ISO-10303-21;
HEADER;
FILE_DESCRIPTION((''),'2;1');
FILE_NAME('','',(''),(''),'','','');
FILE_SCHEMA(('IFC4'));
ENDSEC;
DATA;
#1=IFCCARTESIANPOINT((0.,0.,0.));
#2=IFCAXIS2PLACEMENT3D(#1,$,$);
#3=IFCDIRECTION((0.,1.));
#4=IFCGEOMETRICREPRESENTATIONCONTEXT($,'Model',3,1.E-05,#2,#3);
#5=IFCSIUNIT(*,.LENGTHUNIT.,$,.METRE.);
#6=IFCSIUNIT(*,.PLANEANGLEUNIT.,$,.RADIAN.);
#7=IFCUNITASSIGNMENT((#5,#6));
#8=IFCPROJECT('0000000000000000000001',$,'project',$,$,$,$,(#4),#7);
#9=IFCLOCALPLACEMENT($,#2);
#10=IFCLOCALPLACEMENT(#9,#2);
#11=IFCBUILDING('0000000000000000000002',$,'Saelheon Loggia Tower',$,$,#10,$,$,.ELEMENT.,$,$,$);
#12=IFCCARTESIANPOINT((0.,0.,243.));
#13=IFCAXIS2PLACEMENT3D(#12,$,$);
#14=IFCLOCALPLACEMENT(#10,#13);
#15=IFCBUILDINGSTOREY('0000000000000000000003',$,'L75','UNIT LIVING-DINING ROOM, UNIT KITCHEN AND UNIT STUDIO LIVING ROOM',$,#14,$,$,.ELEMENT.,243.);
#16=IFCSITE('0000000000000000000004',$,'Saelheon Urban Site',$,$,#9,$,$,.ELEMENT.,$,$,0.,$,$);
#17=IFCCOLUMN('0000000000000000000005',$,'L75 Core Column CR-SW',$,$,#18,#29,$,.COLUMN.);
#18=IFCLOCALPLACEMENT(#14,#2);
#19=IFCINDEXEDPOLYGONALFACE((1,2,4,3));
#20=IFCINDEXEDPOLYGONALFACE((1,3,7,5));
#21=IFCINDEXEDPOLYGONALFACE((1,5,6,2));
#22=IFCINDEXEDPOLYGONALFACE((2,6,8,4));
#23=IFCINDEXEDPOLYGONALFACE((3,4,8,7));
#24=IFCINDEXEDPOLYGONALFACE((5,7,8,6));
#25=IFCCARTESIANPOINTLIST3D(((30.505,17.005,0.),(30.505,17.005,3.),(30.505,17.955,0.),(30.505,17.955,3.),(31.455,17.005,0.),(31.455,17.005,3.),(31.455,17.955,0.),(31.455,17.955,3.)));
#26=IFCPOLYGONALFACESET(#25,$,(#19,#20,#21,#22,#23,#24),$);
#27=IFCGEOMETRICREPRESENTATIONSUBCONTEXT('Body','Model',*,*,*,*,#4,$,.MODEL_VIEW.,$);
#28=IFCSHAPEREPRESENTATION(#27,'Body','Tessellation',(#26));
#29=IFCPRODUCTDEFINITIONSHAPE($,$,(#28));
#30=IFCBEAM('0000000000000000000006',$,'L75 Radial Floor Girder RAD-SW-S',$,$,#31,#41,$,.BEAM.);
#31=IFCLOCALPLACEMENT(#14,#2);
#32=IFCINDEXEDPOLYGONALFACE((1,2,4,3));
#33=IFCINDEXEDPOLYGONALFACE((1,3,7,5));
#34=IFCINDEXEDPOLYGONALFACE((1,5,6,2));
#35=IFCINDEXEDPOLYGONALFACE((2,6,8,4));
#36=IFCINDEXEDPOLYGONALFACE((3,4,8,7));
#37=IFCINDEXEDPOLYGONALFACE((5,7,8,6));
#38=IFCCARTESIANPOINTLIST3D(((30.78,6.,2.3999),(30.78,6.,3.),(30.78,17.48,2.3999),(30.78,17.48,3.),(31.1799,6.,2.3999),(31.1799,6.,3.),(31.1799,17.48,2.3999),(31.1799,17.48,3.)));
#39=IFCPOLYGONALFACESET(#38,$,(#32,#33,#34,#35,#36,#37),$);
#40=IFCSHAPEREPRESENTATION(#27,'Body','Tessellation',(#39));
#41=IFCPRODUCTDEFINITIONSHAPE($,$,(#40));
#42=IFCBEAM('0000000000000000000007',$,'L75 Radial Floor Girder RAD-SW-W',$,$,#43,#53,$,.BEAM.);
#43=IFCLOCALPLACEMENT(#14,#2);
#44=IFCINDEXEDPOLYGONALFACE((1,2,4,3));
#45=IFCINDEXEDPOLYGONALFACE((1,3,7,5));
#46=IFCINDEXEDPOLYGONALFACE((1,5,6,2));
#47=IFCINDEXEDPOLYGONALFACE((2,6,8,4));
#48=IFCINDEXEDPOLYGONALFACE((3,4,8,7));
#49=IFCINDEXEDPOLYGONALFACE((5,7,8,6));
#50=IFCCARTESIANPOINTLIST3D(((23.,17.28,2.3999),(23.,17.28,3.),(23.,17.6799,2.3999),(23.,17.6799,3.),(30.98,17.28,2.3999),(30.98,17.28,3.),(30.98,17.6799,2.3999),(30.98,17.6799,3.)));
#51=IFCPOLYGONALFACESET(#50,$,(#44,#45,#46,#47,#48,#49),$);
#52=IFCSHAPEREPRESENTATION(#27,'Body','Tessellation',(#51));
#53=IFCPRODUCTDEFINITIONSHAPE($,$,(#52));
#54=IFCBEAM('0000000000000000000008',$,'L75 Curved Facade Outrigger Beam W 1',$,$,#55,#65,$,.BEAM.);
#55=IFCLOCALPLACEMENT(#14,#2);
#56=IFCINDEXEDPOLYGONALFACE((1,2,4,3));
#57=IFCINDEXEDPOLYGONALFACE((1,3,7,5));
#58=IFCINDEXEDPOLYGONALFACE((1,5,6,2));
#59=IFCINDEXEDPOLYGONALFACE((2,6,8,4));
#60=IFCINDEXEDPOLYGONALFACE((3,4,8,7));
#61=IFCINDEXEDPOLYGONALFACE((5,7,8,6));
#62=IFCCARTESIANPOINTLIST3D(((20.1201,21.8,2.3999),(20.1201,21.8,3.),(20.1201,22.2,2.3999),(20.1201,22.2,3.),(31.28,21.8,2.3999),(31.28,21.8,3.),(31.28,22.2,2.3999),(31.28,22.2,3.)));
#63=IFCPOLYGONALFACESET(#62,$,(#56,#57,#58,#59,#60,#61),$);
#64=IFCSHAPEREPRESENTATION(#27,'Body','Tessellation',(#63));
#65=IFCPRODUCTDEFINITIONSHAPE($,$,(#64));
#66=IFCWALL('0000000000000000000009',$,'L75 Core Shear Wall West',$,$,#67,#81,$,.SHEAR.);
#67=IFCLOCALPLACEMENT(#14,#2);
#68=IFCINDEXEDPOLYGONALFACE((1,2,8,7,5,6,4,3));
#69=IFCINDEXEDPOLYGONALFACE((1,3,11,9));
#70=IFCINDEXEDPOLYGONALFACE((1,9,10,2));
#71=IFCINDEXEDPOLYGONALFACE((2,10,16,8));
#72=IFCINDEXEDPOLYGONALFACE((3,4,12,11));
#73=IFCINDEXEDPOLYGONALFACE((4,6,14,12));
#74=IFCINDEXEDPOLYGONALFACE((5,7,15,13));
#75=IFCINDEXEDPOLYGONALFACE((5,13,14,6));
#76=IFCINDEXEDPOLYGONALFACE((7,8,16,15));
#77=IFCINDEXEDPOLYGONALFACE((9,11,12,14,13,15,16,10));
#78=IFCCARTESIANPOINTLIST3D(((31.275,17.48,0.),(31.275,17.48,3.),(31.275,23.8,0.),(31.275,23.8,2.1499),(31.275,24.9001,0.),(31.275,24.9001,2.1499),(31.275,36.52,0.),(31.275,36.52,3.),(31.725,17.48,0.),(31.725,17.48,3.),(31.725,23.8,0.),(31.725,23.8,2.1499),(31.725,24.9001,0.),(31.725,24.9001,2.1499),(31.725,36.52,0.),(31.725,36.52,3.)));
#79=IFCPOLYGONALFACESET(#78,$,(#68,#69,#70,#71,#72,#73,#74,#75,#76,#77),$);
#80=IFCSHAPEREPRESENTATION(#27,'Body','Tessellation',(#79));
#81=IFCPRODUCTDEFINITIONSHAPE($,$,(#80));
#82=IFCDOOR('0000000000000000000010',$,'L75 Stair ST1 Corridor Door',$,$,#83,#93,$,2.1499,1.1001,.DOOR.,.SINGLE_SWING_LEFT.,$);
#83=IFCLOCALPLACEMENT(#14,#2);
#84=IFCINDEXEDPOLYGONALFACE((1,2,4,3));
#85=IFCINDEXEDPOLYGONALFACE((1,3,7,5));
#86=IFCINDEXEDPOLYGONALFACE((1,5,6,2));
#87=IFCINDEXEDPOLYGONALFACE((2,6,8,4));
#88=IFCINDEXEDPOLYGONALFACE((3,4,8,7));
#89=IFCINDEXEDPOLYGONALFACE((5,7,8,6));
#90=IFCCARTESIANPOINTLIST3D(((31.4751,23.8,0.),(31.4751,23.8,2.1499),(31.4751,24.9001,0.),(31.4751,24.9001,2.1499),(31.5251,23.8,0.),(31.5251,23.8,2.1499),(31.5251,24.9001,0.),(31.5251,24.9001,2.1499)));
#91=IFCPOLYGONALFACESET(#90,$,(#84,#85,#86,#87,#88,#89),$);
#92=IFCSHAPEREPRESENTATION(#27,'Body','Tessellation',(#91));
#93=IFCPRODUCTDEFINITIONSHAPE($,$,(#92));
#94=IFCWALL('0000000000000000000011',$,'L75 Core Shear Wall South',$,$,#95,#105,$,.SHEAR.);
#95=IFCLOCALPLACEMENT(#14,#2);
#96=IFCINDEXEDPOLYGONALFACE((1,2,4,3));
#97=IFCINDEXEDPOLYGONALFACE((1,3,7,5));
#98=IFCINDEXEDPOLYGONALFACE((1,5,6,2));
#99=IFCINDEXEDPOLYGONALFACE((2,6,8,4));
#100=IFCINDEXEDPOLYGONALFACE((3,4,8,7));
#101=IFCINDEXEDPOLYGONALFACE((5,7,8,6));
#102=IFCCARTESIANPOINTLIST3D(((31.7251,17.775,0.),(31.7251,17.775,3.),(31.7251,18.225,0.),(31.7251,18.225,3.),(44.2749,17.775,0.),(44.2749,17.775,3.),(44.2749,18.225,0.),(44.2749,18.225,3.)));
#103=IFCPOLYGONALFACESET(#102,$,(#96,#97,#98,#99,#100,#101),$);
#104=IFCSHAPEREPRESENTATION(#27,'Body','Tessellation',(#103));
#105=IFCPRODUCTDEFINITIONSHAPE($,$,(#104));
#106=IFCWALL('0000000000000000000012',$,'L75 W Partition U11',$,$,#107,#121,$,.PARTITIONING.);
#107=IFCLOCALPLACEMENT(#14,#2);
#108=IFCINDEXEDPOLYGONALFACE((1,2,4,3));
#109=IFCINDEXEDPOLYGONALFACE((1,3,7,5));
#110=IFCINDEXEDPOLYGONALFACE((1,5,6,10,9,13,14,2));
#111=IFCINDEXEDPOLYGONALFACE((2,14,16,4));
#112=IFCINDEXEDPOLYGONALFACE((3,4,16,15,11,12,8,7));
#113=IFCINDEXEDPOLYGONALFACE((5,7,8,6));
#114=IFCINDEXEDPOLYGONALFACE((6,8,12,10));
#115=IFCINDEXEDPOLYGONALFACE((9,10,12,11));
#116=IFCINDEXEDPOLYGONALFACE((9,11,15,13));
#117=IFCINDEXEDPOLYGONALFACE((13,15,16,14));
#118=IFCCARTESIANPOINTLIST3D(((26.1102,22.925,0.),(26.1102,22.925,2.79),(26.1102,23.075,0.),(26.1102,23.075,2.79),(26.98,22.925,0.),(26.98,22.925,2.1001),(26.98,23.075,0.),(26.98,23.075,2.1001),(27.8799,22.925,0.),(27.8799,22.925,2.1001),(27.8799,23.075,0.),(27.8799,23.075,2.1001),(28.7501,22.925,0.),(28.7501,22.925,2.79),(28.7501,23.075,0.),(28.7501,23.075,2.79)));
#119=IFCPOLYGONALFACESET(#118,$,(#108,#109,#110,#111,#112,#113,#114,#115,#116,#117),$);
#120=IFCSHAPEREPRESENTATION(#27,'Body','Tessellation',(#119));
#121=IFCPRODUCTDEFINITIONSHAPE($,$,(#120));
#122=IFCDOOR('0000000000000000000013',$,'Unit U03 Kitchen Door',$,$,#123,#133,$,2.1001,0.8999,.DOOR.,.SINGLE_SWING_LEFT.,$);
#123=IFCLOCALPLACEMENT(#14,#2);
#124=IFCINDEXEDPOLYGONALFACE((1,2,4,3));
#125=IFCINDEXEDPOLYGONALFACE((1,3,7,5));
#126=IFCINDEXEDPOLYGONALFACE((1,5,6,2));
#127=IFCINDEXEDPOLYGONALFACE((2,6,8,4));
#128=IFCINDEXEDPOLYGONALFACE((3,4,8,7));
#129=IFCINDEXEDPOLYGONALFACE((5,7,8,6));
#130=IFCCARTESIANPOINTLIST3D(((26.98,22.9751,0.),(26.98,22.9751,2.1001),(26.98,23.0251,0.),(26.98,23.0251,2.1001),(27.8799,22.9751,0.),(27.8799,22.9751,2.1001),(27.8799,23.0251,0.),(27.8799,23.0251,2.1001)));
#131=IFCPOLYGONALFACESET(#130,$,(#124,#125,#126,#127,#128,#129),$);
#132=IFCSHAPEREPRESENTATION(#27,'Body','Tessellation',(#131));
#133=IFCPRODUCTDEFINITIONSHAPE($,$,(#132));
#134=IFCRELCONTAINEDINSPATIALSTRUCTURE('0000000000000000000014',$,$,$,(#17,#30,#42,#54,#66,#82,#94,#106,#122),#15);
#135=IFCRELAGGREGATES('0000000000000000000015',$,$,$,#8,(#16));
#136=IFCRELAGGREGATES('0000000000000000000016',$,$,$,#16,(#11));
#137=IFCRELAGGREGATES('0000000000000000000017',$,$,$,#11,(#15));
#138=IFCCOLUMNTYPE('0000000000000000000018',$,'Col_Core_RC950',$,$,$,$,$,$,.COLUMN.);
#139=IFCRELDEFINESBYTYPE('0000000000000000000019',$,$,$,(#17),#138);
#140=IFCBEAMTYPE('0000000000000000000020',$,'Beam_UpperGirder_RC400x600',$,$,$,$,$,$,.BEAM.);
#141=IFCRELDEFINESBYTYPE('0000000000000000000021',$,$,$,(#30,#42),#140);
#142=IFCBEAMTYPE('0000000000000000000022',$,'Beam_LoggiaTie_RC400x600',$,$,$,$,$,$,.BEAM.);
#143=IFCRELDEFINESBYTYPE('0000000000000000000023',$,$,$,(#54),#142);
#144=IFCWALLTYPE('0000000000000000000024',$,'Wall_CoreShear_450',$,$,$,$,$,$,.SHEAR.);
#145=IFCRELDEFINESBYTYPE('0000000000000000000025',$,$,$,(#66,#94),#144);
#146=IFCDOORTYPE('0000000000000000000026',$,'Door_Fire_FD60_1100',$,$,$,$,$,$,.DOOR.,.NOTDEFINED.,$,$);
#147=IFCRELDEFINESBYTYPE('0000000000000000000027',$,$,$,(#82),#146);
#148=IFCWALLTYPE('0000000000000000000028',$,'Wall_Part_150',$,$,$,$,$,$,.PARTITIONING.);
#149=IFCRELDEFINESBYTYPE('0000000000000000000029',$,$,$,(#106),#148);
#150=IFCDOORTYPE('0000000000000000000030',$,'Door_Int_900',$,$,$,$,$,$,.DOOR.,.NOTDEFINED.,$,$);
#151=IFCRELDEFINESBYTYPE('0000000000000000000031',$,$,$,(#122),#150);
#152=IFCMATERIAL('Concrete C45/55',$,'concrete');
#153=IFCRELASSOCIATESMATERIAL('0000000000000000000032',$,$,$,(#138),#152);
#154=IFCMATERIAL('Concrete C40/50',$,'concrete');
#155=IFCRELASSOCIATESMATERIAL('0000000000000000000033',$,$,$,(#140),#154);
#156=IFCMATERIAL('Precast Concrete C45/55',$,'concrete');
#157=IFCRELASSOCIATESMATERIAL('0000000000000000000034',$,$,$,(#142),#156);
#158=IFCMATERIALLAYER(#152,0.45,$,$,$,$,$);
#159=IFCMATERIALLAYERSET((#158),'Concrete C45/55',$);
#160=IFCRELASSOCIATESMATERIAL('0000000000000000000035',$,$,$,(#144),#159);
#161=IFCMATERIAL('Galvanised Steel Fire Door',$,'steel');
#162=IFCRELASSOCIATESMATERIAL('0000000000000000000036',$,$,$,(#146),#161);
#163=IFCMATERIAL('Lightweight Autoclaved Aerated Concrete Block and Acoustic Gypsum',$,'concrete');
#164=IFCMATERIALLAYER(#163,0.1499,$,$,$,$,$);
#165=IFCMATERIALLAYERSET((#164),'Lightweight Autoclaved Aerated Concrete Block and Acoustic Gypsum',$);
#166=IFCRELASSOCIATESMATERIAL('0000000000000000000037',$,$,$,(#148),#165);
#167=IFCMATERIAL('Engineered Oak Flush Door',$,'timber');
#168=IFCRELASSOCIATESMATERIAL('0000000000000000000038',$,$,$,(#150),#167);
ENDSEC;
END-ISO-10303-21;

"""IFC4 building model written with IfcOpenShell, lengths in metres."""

from ifc_helpers import new_model, si_unit, direction, frame, frame_2d, origin, origin_2d, place, context, subcontext, project, spatial, rectangle, extrude, source, transform, mapped, material, layer, layer_set, material_profile, profile_set, type_object, element, fill, save


model = new_model("IFC4")

# Units and contexts
model_context = context("Model", 3, precision=1e-05, world=origin(), true_north=direction((0.0, 1.0)))
body_context = subcontext(model_context, "Body", "Model", "MODEL_VIEW")
ifc_project = project(units=[si_unit("LENGTHUNIT", "METRE"), si_unit("PLANEANGLEUNIT", "RADIAN")], contexts=[model_context])

# Site, building, storey
site_placement = place(None, origin())
site = spatial("IfcSite", under=ifc_project, at=site_placement, Name="Saelheon Urban Site", CompositionType="ELEMENT", RefElevation=0.0)
building_placement = place(site_placement, origin())
building = spatial("IfcBuilding", under=site, at=building_placement, Name="Saelheon Loggia Tower", CompositionType="ELEMENT")
storey_placement = place(building_placement, frame((0.0, 0.0, 243.0)))
storey = spatial("IfcBuildingStorey", under=building, at=storey_placement, Name="L75", Description="UNIT LIVING-DINING ROOM, UNIT KITCHEN AND UNIT STUDIO LIVING ROOM", CompositionType="ELEMENT", Elevation=243.0)

# Column
ifc_material_1 = material(Name="Concrete C45/55", Category="concrete")
ifc_material_profile_1 = material_profile(ifc_material_1, rectangle(XDim=0.95, YDim=0.95, at=origin_2d()), Name="RC-950x950")
ifc_profile_set_1 = profile_set([ifc_material_profile_1], Name="Concrete C45/55")
column_type = type_object("IfcColumnType", Name="Col_Core_RC950", PredefinedType="COLUMN", material=ifc_profile_set_1)
shared_shape_1 = source(origin(), body_context, "Body", "SweptSolid", [
    extrude(rectangle(XDim=0.95, YDim=0.95, at=origin_2d()), origin(), (0.0, 0.0, 1.0), 3.0),
])
column_placement = place(storey_placement, frame((30.98, 17.48, 0.0), z_axis=(0.0, 0.0, 1.0), x_axis=(1.0, 0.0, 0.0)))
element("IfcColumn", 1, at=column_placement, inside=storey, type_object=column_type, Name="L75 Core Column CR-SW", PredefinedType="COLUMN", context=body_context, shape_type="MappedRepresentation", body=[
    mapped(shared_shape_1, transform((0.0, 0.0, 0.0), scale=1.0)),
])

# Beams
ifc_material_2 = material(Name="Concrete C40/50", Category="concrete")
ifc_material_profile_2 = material_profile(ifc_material_2, rectangle(XDim=0.3999, YDim=0.6001, at=origin_2d()), Name="RC-400x600")
ifc_profile_set_2 = profile_set([ifc_material_profile_2], Name="Concrete C40/50")
beam_type_1 = type_object("IfcBeamType", Name="Beam_UpperGirder_RC400x600", PredefinedType="BEAM", material=ifc_profile_set_2)
shared_shape_2 = source(origin(), body_context, "Body", "SweptSolid", [
    extrude(rectangle(XDim=0.3999, YDim=0.6001, at=origin_2d()), origin(), (0.0, 0.0, 1.0), 11.48),
])
beam_1_placement = place(storey_placement, frame((30.98, 17.48, 2.7), z_axis=(0.0, -1.0, 0.0), x_axis=(1.0, 0.0, 0.0)))
element("IfcBeam", 2, at=beam_1_placement, inside=storey, type_object=beam_type_1, Name="L75 Radial Floor Girder RAD-SW-S", PredefinedType="BEAM", context=body_context, shape_type="MappedRepresentation", body=[
    mapped(shared_shape_2, transform((0.0, 0.0, 0.0), scale=1.0)),
])
shared_shape_3 = source(origin(), body_context, "Body", "SweptSolid", [
    extrude(rectangle(XDim=0.3999, YDim=0.6001, at=origin_2d()), origin(), (0.0, 0.0, 1.0), 7.98),
])
beam_2_placement = place(storey_placement, frame((30.98, 17.48, 2.7), z_axis=(-1.0, 0.0, 0.0), x_axis=(0.0, -1.0, 0.0)))
element("IfcBeam", 3, at=beam_2_placement, inside=storey, type_object=beam_type_1, Name="L75 Radial Floor Girder RAD-SW-W", PredefinedType="BEAM", context=body_context, shape_type="MappedRepresentation", body=[
    mapped(shared_shape_3, transform((0.0, 0.0, 0.0), scale=1.0)),
])
ifc_material_3 = material(Name="Precast Concrete C45/55", Category="concrete")
ifc_material_profile_3 = material_profile(ifc_material_3, rectangle(XDim=0.3999, YDim=0.6001, at=origin_2d()), Name="RC-400x600")
ifc_profile_set_3 = profile_set([ifc_material_profile_3], Name="Precast Concrete C45/55")
beam_type_2 = type_object("IfcBeamType", Name="Beam_LoggiaTie_RC400x600", PredefinedType="BEAM", material=ifc_profile_set_3)
shared_shape_4 = source(origin(), body_context, "Body", "SweptSolid", [
    extrude(rectangle(XDim=0.3999, YDim=0.6001, at=origin_2d()), origin(), (0.0, 0.0, 1.0), 11.1599),
])
beam_3_placement = place(storey_placement, frame((31.28, 22.0, 2.7), z_axis=(-1.0, 0.0, 0.0), x_axis=(0.0, -1.0, 0.0)))
element("IfcBeam", 4, at=beam_3_placement, inside=storey, type_object=beam_type_2, Name="L75 Curved Facade Outrigger Beam W 1", PredefinedType="BEAM", context=body_context, shape_type="MappedRepresentation", body=[
    mapped(shared_shape_4, transform((0.0, 0.0, 0.0), scale=1.0)),
])

# Wall, opening, door
ifc_layer_1 = layer(ifc_material_1, 0.45)
ifc_layer_set_1 = layer_set([ifc_layer_1], Name="Concrete C45/55")
wall_type_1 = type_object("IfcWallType", Name="Wall_CoreShear_450", PredefinedType="SHEAR", material=ifc_layer_set_1)
wall_1_placement = place(storey_placement, frame((31.5, 17.48, 0.0), z_axis=(0.0, 0.0, 1.0), x_axis=(0.0, 1.0, 0.0)))
wall_1 = element("IfcWall", 5, at=wall_1_placement, inside=storey, type_object=wall_type_1, Name="L75 Core Shear Wall West", PredefinedType="SHEAR", context=body_context, shape_type="SweptSolid", body=[
    extrude(rectangle(XDim=19.04, YDim=0.45, at=frame_2d((9.52, 0.0))), origin(), (0.0, 0.0, 1.0), 3.0),
])
opening_1_placement = place(wall_1_placement, frame((6.3201, 0.0, 0.0)))
opening_1 = element("IfcOpeningElement", 6, at=opening_1_placement, cuts=wall_1, PredefinedType="OPENING", context=body_context, shape_type="SweptSolid", body=[
    extrude(rectangle(XDim=1.1001, YDim=2.1499, at=frame_2d((0.55, 1.075))), frame((0.0, 0.2371, 0.0), z_axis=(0.0, -1.0, 0.0), x_axis=(1.0, 0.0, 0.0)), (0.0, 0.0, 1.0), 0.4739),
])
ifc_material_4 = material(Name="Galvanised Steel Fire Door", Category="steel")
door_type_1 = type_object("IfcDoorType", Name="Door_Fire_FD60_1100", OperationType="NOTDEFINED", PredefinedType="DOOR", material=ifc_material_4)
shared_shape_5 = source(origin(), body_context, "Body", "SweptSolid", [
    extrude(rectangle(XDim=1.1001, YDim=2.1499, at=frame_2d((0.55, 1.075))), frame((0.0, 0.0249, 0.0), z_axis=(0.0, -1.0, 0.0), x_axis=(1.0, 0.0, 0.0)), (0.0, 0.0, 1.0), 0.05),
])
door_1_placement = place(opening_1_placement, origin())
door_1 = element("IfcDoor", 7, at=door_1_placement, inside=storey, type_object=door_type_1, Name="L75 Stair ST1 Corridor Door", OperationType="SINGLE_SWING_LEFT", OverallHeight=2.1499, OverallWidth=1.1001, PredefinedType="DOOR", context=body_context, shape_type="MappedRepresentation", body=[
    mapped(shared_shape_5, transform((0.0, 0.0, 0.0), scale=1.0)),
])
fill(opening_1, door_1)

# Wall
wall_2_placement = place(storey_placement, frame((31.7251, 18.0, 0.0), z_axis=(0.0, 0.0, 1.0), x_axis=(1.0, 0.0, 0.0)))
element("IfcWall", 8, at=wall_2_placement, inside=storey, type_object=wall_type_1, Name="L75 Core Shear Wall South", PredefinedType="SHEAR", context=body_context, shape_type="SweptSolid", body=[
    extrude(rectangle(XDim=12.5498, YDim=0.45, at=frame_2d((6.2749, 0.0))), origin(), (0.0, 0.0, 1.0), 3.0),
])

# Wall, opening, door
ifc_material_5 = material(Name="Lightweight Autoclaved Aerated Concrete Block and Acoustic Gypsum", Category="concrete")
ifc_layer_2 = layer(ifc_material_5, 0.1499)
ifc_layer_set_2 = layer_set([ifc_layer_2], Name="Lightweight Autoclaved Aerated Concrete Block and Acoustic Gypsum")
wall_type_2 = type_object("IfcWallType", Name="Wall_Part_150", PredefinedType="PARTITIONING", material=ifc_layer_set_2)
wall_3_placement = place(storey_placement, frame((28.75, 23.0, 0.0), z_axis=(0.0, 0.0, 1.0), x_axis=(-1.0, 0.0, 0.0)))
wall_3 = element("IfcWall", 9, at=wall_3_placement, inside=storey, type_object=wall_type_2, Name="L75 W Partition U11", PredefinedType="PARTITIONING", context=body_context, shape_type="SweptSolid", body=[
    extrude(rectangle(XDim=2.6399, YDim=0.1499, at=frame_2d((1.3198, 0.0))), origin(), (0.0, 0.0, 1.0), 2.79),
])
opening_2_placement = place(wall_3_placement, frame((0.8701, 0.0, 0.0)))
opening_2 = element("IfcOpeningElement", 10, at=opening_2_placement, cuts=wall_3, PredefinedType="OPENING", context=body_context, shape_type="SweptSolid", body=[
    extrude(rectangle(XDim=0.8999, YDim=2.1001, at=frame_2d((0.45, 1.05))), frame((0.0, 0.0869, 0.0), z_axis=(0.0, -1.0, 0.0), x_axis=(1.0, 0.0, 0.0)), (0.0, 0.0, 1.0), 0.1738),
])
ifc_material_6 = material(Name="Engineered Oak Flush Door", Category="timber")
door_type_2 = type_object("IfcDoorType", Name="Door_Int_900", OperationType="NOTDEFINED", PredefinedType="DOOR", material=ifc_material_6)
shared_shape_6 = source(origin(), body_context, "Body", "SweptSolid", [
    extrude(rectangle(XDim=0.8999, YDim=2.1001, at=frame_2d((0.45, 1.05))), frame((0.0, 0.0249, 0.0), z_axis=(0.0, -1.0, 0.0), x_axis=(1.0, 0.0, 0.0)), (0.0, 0.0, 1.0), 0.05),
])
door_2_placement = place(opening_2_placement, origin())
door_2 = element("IfcDoor", 11, at=door_2_placement, inside=storey, type_object=door_type_2, Name="Unit U03 Kitchen Door", OperationType="SINGLE_SWING_LEFT", OverallHeight=2.1001, OverallWidth=0.8999, PredefinedType="DOOR", context=body_context, shape_type="MappedRepresentation", body=[
    mapped(shared_shape_6, transform((0.0, 0.0, 0.0), scale=1.0)),
])
fill(opening_2, door_2)

save(model, "model.ifc")
